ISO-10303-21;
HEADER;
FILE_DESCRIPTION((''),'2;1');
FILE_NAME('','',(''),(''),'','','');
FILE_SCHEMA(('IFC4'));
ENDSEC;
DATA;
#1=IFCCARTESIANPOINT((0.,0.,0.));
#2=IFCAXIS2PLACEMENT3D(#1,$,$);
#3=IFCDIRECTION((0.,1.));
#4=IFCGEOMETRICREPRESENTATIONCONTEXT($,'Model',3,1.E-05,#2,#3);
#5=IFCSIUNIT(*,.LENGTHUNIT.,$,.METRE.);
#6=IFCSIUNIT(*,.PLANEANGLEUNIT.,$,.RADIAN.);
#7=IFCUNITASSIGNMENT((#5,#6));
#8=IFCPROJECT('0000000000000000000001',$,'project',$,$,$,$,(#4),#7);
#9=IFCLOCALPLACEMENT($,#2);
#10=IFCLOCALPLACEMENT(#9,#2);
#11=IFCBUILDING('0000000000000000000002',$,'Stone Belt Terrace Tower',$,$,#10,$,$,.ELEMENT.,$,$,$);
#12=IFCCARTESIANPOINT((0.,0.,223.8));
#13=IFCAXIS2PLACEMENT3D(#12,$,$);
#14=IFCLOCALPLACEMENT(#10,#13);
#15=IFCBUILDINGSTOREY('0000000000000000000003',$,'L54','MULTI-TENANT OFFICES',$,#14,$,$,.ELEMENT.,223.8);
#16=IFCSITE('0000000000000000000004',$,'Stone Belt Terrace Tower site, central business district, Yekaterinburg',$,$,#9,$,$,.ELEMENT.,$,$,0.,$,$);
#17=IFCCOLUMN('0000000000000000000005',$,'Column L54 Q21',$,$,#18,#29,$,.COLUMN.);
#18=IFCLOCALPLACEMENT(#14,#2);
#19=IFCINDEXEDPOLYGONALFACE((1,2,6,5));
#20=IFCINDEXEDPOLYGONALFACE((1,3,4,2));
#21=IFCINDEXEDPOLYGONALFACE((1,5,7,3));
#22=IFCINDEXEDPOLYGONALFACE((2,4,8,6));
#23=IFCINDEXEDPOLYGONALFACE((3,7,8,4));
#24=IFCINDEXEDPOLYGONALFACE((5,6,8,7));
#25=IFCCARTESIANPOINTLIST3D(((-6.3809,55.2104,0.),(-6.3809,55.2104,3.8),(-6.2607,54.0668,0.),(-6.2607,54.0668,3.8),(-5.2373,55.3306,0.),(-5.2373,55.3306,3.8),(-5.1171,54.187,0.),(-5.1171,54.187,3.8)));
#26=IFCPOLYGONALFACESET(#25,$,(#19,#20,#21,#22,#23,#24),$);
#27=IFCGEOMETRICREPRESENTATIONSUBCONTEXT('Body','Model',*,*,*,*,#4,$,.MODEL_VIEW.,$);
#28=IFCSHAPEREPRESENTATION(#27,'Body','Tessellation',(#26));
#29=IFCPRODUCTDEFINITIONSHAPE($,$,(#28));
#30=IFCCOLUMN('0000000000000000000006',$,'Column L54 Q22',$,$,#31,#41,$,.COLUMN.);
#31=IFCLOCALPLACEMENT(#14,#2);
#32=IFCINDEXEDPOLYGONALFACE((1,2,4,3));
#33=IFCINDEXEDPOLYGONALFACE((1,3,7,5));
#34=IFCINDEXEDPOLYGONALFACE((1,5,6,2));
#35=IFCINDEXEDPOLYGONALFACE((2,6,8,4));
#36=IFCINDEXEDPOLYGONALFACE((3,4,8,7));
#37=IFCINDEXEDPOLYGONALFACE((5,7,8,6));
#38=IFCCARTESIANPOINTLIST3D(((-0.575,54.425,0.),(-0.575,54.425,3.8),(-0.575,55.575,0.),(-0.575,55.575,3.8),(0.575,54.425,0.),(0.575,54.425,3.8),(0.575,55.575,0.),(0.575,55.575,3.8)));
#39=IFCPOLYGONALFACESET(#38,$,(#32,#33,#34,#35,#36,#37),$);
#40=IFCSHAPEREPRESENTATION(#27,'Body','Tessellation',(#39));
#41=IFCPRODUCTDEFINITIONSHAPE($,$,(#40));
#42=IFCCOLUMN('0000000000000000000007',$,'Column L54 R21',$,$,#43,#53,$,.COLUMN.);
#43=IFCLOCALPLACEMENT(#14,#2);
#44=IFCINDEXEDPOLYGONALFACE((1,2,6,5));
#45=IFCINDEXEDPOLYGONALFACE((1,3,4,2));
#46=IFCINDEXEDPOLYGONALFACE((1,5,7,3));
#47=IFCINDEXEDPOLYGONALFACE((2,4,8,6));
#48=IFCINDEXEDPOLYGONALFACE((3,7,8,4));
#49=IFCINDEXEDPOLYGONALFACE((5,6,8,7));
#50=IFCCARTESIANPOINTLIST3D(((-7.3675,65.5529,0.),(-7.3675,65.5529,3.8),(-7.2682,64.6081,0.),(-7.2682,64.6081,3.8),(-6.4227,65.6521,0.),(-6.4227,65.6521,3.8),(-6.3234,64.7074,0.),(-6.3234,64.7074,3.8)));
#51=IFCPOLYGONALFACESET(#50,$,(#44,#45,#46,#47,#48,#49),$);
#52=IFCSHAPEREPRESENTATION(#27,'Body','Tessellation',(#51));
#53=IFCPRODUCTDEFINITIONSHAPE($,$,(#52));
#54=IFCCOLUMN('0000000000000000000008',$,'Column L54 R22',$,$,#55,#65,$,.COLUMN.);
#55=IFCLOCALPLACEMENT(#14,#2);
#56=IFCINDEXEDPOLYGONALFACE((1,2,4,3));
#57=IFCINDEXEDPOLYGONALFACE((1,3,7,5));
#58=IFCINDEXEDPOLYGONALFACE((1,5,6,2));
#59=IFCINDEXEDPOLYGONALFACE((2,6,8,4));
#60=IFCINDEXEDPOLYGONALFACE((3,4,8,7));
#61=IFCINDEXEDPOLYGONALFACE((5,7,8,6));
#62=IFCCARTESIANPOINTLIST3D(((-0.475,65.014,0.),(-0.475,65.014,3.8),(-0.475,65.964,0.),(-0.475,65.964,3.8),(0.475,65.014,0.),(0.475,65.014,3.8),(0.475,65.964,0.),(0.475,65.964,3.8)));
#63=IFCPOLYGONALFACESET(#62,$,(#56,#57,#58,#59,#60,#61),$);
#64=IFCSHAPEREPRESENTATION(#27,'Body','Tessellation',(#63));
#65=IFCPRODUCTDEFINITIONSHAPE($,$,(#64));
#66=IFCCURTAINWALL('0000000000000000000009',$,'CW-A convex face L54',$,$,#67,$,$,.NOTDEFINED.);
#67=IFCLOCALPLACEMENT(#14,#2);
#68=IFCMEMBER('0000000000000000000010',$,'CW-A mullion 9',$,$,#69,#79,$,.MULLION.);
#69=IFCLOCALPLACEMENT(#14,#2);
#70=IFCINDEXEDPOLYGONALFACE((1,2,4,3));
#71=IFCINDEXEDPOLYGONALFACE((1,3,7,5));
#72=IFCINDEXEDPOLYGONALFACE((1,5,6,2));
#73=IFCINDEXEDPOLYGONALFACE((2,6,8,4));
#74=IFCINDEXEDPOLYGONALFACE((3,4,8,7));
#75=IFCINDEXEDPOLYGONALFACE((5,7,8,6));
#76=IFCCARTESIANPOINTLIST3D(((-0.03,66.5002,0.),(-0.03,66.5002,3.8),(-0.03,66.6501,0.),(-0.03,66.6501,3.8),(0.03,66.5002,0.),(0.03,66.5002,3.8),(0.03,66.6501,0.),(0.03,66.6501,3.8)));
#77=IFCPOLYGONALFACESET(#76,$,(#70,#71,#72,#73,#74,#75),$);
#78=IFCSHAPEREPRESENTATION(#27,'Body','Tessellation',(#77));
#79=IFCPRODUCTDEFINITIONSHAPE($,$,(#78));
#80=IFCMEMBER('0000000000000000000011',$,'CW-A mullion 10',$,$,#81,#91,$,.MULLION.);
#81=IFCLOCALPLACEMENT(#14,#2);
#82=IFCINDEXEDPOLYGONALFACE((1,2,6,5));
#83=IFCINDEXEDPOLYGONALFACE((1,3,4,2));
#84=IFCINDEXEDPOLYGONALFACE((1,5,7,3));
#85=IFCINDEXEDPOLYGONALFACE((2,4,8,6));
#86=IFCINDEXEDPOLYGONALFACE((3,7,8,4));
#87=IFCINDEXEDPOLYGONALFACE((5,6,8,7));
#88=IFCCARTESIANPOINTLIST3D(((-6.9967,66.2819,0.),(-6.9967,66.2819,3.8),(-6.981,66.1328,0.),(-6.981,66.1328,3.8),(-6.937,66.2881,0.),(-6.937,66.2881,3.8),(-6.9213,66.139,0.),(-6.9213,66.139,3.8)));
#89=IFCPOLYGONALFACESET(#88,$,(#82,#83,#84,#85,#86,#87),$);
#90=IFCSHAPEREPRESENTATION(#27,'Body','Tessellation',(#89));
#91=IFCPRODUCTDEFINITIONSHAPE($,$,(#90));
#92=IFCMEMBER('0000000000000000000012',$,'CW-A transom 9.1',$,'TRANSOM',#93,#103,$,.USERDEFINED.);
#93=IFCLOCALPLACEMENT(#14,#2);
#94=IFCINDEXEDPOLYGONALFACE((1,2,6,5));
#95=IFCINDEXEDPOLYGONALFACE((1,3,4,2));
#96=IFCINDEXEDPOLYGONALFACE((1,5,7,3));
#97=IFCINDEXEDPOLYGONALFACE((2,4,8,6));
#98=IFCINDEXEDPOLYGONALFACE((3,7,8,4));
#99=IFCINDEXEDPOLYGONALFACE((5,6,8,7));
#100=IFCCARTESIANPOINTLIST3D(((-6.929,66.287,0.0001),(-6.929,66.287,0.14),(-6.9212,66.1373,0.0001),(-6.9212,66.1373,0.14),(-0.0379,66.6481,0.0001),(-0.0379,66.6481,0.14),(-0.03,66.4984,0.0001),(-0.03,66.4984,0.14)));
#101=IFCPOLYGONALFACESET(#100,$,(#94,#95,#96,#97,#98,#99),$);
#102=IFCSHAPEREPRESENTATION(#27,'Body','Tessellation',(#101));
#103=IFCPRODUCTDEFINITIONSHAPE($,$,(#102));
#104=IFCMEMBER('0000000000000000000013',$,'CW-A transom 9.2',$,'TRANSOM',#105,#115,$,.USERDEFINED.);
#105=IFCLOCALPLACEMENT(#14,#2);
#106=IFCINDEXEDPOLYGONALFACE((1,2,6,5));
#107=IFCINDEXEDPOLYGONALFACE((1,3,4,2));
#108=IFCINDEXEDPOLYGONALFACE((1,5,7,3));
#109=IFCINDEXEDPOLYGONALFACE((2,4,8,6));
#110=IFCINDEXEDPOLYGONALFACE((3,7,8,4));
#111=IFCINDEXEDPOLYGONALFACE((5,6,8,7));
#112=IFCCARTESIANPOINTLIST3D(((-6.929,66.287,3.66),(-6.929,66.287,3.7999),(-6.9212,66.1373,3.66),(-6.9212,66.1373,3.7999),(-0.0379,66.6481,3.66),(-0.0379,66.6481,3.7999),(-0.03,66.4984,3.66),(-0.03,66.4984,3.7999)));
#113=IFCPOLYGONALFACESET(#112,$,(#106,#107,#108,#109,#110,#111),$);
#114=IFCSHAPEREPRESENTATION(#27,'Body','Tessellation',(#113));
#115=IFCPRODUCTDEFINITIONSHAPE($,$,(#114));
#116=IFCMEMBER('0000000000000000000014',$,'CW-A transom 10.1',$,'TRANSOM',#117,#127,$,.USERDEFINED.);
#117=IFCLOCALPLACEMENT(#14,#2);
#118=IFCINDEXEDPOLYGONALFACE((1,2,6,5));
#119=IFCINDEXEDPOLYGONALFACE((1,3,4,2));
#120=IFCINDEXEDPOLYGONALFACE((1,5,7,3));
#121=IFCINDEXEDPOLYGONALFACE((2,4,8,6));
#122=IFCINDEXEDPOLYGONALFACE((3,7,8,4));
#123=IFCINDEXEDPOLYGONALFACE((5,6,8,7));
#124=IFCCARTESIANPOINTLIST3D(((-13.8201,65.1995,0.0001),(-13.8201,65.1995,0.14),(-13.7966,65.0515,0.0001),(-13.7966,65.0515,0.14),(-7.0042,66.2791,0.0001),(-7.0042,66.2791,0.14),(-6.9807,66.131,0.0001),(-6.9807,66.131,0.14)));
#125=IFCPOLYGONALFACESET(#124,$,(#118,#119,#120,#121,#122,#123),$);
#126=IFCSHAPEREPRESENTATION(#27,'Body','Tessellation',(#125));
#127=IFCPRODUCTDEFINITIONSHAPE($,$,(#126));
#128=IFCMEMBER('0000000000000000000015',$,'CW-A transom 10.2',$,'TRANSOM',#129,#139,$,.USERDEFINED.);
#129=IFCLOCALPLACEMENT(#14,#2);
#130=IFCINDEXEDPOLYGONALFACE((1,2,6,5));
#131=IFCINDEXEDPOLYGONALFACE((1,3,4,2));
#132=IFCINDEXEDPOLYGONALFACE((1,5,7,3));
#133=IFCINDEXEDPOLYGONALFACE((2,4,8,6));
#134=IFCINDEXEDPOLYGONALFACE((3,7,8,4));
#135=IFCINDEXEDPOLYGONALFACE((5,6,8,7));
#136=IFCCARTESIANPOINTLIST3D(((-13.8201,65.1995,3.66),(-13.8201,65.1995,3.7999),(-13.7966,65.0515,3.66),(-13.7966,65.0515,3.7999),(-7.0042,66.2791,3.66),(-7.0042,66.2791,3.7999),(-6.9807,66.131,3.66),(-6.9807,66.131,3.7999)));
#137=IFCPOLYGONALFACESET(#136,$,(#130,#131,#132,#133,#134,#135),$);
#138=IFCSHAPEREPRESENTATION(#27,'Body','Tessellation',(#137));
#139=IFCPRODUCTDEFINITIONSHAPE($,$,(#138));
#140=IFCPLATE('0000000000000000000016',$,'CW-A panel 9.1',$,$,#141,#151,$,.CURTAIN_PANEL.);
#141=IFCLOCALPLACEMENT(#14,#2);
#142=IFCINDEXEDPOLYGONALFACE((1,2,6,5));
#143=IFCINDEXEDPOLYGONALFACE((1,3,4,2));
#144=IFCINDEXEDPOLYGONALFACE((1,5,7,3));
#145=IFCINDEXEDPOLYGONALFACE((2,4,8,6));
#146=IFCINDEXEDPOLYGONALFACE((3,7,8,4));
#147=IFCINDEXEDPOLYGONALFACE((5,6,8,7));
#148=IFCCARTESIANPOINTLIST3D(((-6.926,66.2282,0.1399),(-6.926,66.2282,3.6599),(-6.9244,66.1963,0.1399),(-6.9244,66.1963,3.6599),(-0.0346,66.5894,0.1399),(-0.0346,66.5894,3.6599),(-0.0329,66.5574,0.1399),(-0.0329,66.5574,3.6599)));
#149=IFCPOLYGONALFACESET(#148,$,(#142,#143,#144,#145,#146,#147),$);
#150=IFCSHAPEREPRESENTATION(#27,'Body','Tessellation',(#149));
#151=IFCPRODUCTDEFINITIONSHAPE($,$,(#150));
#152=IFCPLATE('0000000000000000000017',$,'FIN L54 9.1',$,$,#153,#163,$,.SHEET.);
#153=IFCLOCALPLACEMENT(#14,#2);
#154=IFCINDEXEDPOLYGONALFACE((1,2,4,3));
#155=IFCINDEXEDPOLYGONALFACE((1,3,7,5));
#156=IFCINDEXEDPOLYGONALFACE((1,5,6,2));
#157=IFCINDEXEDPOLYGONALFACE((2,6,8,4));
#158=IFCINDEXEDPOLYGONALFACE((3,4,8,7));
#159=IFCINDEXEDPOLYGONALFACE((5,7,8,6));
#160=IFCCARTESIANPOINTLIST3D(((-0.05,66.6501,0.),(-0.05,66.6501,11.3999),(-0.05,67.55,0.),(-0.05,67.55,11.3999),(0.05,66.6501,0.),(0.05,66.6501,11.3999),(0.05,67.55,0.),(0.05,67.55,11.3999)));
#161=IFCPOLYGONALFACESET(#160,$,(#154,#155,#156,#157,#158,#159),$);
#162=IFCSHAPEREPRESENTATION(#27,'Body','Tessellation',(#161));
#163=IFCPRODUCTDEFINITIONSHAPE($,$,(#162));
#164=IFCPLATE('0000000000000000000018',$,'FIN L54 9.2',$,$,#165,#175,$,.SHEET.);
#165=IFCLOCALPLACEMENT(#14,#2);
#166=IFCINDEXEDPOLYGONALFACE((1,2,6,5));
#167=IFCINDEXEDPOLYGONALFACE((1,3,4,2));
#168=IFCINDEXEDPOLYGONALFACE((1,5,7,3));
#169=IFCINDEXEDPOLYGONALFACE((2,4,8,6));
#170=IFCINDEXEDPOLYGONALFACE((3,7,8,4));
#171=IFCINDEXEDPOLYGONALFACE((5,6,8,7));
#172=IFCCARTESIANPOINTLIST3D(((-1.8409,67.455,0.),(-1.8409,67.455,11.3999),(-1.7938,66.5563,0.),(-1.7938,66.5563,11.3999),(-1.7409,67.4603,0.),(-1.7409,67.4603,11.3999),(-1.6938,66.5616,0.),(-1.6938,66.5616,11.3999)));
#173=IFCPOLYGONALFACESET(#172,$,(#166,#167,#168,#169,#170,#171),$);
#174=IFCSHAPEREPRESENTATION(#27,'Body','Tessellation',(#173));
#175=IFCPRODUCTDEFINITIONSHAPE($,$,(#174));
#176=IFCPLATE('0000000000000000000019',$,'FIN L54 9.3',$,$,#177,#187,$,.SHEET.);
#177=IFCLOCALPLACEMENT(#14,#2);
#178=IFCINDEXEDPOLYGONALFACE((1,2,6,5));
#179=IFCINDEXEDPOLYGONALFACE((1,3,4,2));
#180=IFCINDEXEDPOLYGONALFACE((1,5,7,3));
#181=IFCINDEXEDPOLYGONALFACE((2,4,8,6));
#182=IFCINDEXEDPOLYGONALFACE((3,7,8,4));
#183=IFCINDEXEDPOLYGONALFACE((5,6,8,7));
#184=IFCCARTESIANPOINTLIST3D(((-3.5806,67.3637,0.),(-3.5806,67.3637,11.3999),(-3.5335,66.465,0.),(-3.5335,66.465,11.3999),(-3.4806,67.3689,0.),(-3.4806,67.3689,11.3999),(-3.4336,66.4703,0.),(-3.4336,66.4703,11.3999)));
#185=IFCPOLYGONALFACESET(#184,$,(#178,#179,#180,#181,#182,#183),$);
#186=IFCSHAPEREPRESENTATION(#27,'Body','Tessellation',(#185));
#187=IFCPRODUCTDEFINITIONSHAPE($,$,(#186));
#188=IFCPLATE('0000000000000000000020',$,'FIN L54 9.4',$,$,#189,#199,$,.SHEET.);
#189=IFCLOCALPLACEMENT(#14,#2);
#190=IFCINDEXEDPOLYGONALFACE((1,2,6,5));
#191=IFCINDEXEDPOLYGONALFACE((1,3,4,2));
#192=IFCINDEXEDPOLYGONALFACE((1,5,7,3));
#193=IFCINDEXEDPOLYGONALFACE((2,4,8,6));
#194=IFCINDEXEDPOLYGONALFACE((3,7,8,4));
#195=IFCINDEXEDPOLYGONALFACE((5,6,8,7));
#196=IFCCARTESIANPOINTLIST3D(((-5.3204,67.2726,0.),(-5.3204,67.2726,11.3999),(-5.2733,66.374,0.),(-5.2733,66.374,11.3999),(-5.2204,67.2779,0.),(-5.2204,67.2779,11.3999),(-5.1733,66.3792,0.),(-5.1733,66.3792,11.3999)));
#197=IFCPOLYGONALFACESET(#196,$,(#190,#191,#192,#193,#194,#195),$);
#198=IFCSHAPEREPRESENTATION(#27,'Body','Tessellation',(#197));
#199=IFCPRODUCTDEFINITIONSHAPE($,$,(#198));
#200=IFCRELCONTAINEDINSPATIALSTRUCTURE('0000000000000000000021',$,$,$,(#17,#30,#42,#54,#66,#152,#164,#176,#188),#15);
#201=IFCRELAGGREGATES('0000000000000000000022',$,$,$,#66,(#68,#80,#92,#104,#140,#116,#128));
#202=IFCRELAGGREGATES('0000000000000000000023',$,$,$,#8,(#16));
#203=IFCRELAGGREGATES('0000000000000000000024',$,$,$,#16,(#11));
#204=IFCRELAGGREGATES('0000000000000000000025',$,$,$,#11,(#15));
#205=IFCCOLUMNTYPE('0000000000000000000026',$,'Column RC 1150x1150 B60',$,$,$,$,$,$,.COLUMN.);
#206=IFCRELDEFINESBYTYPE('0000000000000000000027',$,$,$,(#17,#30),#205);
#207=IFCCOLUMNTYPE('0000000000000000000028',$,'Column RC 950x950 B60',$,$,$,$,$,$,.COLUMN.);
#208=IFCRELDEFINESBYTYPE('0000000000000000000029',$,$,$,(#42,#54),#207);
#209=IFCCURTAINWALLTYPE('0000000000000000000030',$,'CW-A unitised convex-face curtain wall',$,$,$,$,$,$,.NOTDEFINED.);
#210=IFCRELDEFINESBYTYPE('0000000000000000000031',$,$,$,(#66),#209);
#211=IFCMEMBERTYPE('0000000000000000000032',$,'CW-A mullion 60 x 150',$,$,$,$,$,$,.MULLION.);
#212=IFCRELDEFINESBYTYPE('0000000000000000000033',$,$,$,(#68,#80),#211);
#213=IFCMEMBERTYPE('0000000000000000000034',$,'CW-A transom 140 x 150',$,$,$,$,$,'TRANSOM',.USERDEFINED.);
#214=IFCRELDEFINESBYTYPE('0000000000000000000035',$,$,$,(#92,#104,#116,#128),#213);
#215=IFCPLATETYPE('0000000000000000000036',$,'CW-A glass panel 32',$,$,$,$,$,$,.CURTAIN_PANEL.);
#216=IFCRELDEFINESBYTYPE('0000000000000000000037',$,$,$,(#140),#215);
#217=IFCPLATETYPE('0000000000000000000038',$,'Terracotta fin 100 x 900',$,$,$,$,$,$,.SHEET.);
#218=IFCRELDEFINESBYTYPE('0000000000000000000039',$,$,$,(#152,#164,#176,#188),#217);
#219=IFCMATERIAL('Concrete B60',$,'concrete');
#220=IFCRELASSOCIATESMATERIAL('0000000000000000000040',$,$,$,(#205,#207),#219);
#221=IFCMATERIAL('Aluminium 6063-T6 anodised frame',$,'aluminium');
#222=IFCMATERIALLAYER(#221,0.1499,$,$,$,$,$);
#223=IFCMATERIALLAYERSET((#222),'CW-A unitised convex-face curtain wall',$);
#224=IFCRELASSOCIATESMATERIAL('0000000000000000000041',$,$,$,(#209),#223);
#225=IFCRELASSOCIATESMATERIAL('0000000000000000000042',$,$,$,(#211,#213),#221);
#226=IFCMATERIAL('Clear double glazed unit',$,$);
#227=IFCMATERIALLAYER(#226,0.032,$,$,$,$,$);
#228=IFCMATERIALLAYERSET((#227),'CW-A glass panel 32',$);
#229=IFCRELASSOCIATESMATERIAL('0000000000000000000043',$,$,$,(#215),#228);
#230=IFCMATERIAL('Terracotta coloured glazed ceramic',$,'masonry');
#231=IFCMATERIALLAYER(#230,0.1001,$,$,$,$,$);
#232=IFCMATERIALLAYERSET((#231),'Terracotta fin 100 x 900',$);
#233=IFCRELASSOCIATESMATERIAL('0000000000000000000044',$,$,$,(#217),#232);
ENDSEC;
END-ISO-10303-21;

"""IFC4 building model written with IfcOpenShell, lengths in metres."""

from ifc_helpers import new_model, si_unit, direction, frame, origin, origin_2d, place, context, subcontext, project, spatial, rectangle, extrude, material, layer, layer_set, material_profile, profile_set, type_object, element, aggregate, save


model = new_model("IFC4")

# Units and contexts
model_context = context("Model", 3, precision=1e-05, world=origin(), true_north=direction((0.0, 1.0)))
body_context = subcontext(model_context, "Body", "Model", "MODEL_VIEW")
ifc_project = project(units=[si_unit("LENGTHUNIT", "METRE"), si_unit("PLANEANGLEUNIT", "RADIAN")], contexts=[model_context])

# Site, building, storey
site_placement = place(None, origin())
site = spatial("IfcSite", under=ifc_project, at=site_placement, Name="Stone Belt Terrace Tower site, central business district, Yekaterinburg", CompositionType="ELEMENT", RefElevation=0.0)
building_placement = place(site_placement, origin())
building = spatial("IfcBuilding", under=site, at=building_placement, Name="Stone Belt Terrace Tower", CompositionType="ELEMENT")
storey_placement = place(building_placement, frame((0.0, 0.0, 223.8)))
storey = spatial("IfcBuildingStorey", under=building, at=storey_placement, Name="L54", Description="MULTI-TENANT OFFICES", CompositionType="ELEMENT", Elevation=223.8)

# Columns
ifc_material_1 = material(Name="Concrete B60", Category="concrete")
ifc_material_profile_1 = material_profile(ifc_material_1, rectangle(XDim=1.1499, YDim=1.1499, at=origin_2d()), Name="RC 1150x1150")
ifc_profile_set_1 = profile_set([ifc_material_profile_1], Name="Concrete B60")
column_type_1 = type_object("IfcColumnType", Name="Column RC 1150x1150 B60", PredefinedType="COLUMN", material=ifc_profile_set_1)
for number, where, z_axis, x_axis, name in (
    (1, (-5.749, 54.6987, 0.0), (0.0, 0.0, 1.0), (0.994522, 0.104528, 0.0), "Column L54 Q21"),
    (2, (0.0, 55.0, 0.0), (0.0, 0.0, 1.0), (1.0, 0.0, 0.0), "Column L54 Q22"),
):
    element("IfcColumn", number, at=place(storey_placement, frame(where, z_axis=z_axis, x_axis=x_axis)), inside=storey, type_object=column_type_1, Name=name, PredefinedType="COLUMN", context=body_context, shape_type="SweptSolid", body=[
        extrude(rectangle(XDim=1.1499, YDim=1.1499, at=origin_2d()), origin(), (0.0, 0.0, 1.0), 3.8),
    ])
ifc_material_profile_2 = material_profile(ifc_material_1, rectangle(XDim=0.95, YDim=0.95, at=origin_2d()), Name="RC 950x950")
ifc_profile_set_2 = profile_set([ifc_material_profile_2], Name="Concrete B60")
column_type_2 = type_object("IfcColumnType", Name="Column RC 950x950 B60", PredefinedType="COLUMN", material=ifc_profile_set_2)
for number, where, z_axis, x_axis, name in (
    (3, (-6.8455, 65.1301, 0.0), (0.0, 0.0, 1.0), (0.994522, 0.104528, 0.0), "Column L54 R21"),
    (4, (0.0, 65.489, 0.0), (0.0, 0.0, 1.0), (1.0, 0.0, 0.0), "Column L54 R22"),
):
    element("IfcColumn", number, at=place(storey_placement, frame(where, z_axis=z_axis, x_axis=x_axis)), inside=storey, type_object=column_type_2, Name=name, PredefinedType="COLUMN", context=body_context, shape_type="SweptSolid", body=[
        extrude(rectangle(XDim=0.95, YDim=0.95, at=origin_2d()), origin(), (0.0, 0.0, 1.0), 3.8),
    ])

# Curtain wall, members, plate
ifc_material_2 = material(Name="Aluminium 6063-T6 anodised frame", Category="aluminium")
ifc_layer_1 = layer(ifc_material_2, 0.1499)
ifc_layer_set_1 = layer_set([ifc_layer_1], Name="CW-A unitised convex-face curtain wall")
curtain_wall_type = type_object("IfcCurtainWallType", Name="CW-A unitised convex-face curtain wall", PredefinedType="NOTDEFINED", material=ifc_layer_set_1)
curtain_wall_placement = place(storey_placement, origin())
curtain_wall = element("IfcCurtainWall", 5, at=curtain_wall_placement, inside=storey, type_object=curtain_wall_type, Name="CW-A convex face L54", PredefinedType="NOTDEFINED")
ifc_material_profile_3 = material_profile(ifc_material_2, rectangle(XDim=0.1499, YDim=0.0601, at=origin_2d()), Name="Aluminium 6063-T6 60x150")
ifc_profile_set_3 = profile_set([ifc_material_profile_3], Name="Aluminium 6063-T6 anodised frame")
member_type_1 = type_object("IfcMemberType", Name="CW-A mullion 60 x 150", PredefinedType="MULLION", material=ifc_profile_set_3)
member_1_placement = place(storey_placement, frame((0.0, 66.5752, 0.0), z_axis=(0.0, 0.0, 1.0), x_axis=(0.0, -1.0, 0.0)))
member_1 = element("IfcMember", 6, at=member_1_placement, type_object=member_type_1, Name="CW-A mullion 9", PredefinedType="MULLION", context=body_context, shape_type="SweptSolid", body=[
    extrude(rectangle(XDim=0.1499, YDim=0.0601, at=origin_2d()), origin(), (0.0, 0.0, 1.0), 3.8),
])
member_2_placement = place(storey_placement, frame((-6.959, 66.2104, 0.0), z_axis=(0.0, 0.0, 1.0), x_axis=(0.104528, -0.994522, 0.0)))
member_2 = element("IfcMember", 7, at=member_2_placement, type_object=member_type_1, Name="CW-A mullion 10", PredefinedType="MULLION", context=body_context, shape_type="SweptSolid", body=[
    extrude(rectangle(XDim=0.1499, YDim=0.0601, at=origin_2d()), origin(), (0.0, 0.0, 1.0), 3.8),
])
ifc_material_profile_4 = material_profile(ifc_material_2, rectangle(XDim=0.1499, YDim=0.1399, at=origin_2d()), Name="Aluminium 6063-T6 150x140")
ifc_profile_set_4 = profile_set([ifc_material_profile_4], Name="Aluminium 6063-T6 anodised frame")
member_type_2 = type_object("IfcMemberType", Name="CW-A transom 140 x 150", ElementType="TRANSOM", PredefinedType="USERDEFINED", material=ifc_profile_set_4)
member_3_placement = place(storey_placement, frame((-0.0339, 66.5732, 0.0701), z_axis=(-0.99863, -0.052327, 0.0), x_axis=(0.052327, -0.99863, 0.0)))
member_3 = element("IfcMember", 8, at=member_3_placement, type_object=member_type_2, Name="CW-A transom 9.1", ObjectType="TRANSOM", PredefinedType="USERDEFINED", context=body_context, shape_type="SweptSolid", body=[
    extrude(rectangle(XDim=0.1499, YDim=0.1399, at=origin_2d()), origin(), (0.0, 0.0, 1.0), 6.9006),
])
member_4_placement = place(storey_placement, frame((-0.0339, 66.5732, 3.73), z_axis=(-0.99863, -0.052327, 0.0), x_axis=(0.052327, -0.99863, 0.0)))
member_4 = element("IfcMember", 9, at=member_4_placement, type_object=member_type_2, Name="CW-A transom 9.2", ObjectType="TRANSOM", PredefinedType="USERDEFINED", context=body_context, shape_type="SweptSolid", body=[
    extrude(rectangle(XDim=0.1499, YDim=0.1399, at=origin_2d()), origin(), (0.0, 0.0, 1.0), 6.9006),
])
member_5_placement = place(storey_placement, frame((-6.9924, 66.2051, 0.0701), z_axis=(-0.987687, -0.156442, 0.0), x_axis=(0.156442, -0.987687, 0.0)))
member_5 = element("IfcMember", 10, at=member_5_placement, type_object=member_type_2, Name="CW-A transom 10.1", ObjectType="TRANSOM", PredefinedType="USERDEFINED", context=body_context, shape_type="SweptSolid", body=[
    extrude(rectangle(XDim=0.1499, YDim=0.1399, at=origin_2d()), origin(), (0.0, 0.0, 1.0), 6.9009),
])
member_6_placement = place(storey_placement, frame((-6.9924, 66.2051, 3.73), z_axis=(-0.987687, -0.156442, 0.0), x_axis=(0.156442, -0.987687, 0.0)))
member_6 = element("IfcMember", 11, at=member_6_placement, type_object=member_type_2, Name="CW-A transom 10.2", ObjectType="TRANSOM", PredefinedType="USERDEFINED", context=body_context, shape_type="SweptSolid", body=[
    extrude(rectangle(XDim=0.1499, YDim=0.1399, at=origin_2d()), origin(), (0.0, 0.0, 1.0), 6.9009),
])
ifc_material_3 = material(Name="Clear double glazed unit")
ifc_layer_2 = layer(ifc_material_3, 0.032)
ifc_layer_set_2 = layer_set([ifc_layer_2], Name="CW-A glass panel 32")
plate_type_1 = type_object("IfcPlateType", Name="CW-A glass panel 32", PredefinedType="CURTAIN_PANEL", material=ifc_layer_set_2)
plate_placement = place(storey_placement, frame((-3.4795, 66.3928, 0.1399), z_axis=(0.0, 0.0, 1.0), x_axis=(-0.99863, -0.052336, 0.0)))
plate = element("IfcPlate", 12, at=plate_placement, type_object=plate_type_1, Name="CW-A panel 9.1", PredefinedType="CURTAIN_PANEL", context=body_context, shape_type="SweptSolid", body=[
    extrude(rectangle(XDim=6.9009, YDim=0.032, at=origin_2d()), origin(), (0.0, 0.0, 1.0), 3.52),
])
aggregate(curtain_wall, [member_1, member_2, member_3, member_4, plate, member_5, member_6])

# Plates
ifc_material_4 = material(Name="Terracotta coloured glazed ceramic", Category="masonry")
ifc_layer_3 = layer(ifc_material_4, 0.1001)
ifc_layer_set_3 = layer_set([ifc_layer_3], Name="Terracotta fin 100 x 900")
plate_type_2 = type_object("IfcPlateType", Name="Terracotta fin 100 x 900", PredefinedType="SHEET", material=ifc_layer_set_3)
for number, where, z_axis, x_axis, name in (
    (13, (0.0, 67.1001, 0.0), (0.0, 0.0, 1.0), (0.0, 1.0, 0.0), "FIN L54 9.1"),
    (14, (-1.7673, 67.0083, 0.0), (0.0, 0.0, 1.0), (-0.052336, 0.99863, 0.0), "FIN L54 9.2"),
    (15, (-3.5071, 66.917, 0.0), (0.0, 0.0, 1.0), (-0.052336, 0.99863, 0.0), "FIN L54 9.3"),
    (16, (-5.2468, 66.8259, 0.0), (0.0, 0.0, 1.0), (-0.052336, 0.99863, 0.0), "FIN L54 9.4"),
):
    element("IfcPlate", number, at=place(storey_placement, frame(where, z_axis=z_axis, x_axis=x_axis)), inside=storey, type_object=plate_type_2, Name=name, PredefinedType="SHEET", context=body_context, shape_type="SweptSolid", body=[
        extrude(rectangle(XDim=0.8999, YDim=0.1001, at=origin_2d()), origin(), (0.0, 0.0, 1.0), 11.3999),
    ])

save(model, "model.ifc")
